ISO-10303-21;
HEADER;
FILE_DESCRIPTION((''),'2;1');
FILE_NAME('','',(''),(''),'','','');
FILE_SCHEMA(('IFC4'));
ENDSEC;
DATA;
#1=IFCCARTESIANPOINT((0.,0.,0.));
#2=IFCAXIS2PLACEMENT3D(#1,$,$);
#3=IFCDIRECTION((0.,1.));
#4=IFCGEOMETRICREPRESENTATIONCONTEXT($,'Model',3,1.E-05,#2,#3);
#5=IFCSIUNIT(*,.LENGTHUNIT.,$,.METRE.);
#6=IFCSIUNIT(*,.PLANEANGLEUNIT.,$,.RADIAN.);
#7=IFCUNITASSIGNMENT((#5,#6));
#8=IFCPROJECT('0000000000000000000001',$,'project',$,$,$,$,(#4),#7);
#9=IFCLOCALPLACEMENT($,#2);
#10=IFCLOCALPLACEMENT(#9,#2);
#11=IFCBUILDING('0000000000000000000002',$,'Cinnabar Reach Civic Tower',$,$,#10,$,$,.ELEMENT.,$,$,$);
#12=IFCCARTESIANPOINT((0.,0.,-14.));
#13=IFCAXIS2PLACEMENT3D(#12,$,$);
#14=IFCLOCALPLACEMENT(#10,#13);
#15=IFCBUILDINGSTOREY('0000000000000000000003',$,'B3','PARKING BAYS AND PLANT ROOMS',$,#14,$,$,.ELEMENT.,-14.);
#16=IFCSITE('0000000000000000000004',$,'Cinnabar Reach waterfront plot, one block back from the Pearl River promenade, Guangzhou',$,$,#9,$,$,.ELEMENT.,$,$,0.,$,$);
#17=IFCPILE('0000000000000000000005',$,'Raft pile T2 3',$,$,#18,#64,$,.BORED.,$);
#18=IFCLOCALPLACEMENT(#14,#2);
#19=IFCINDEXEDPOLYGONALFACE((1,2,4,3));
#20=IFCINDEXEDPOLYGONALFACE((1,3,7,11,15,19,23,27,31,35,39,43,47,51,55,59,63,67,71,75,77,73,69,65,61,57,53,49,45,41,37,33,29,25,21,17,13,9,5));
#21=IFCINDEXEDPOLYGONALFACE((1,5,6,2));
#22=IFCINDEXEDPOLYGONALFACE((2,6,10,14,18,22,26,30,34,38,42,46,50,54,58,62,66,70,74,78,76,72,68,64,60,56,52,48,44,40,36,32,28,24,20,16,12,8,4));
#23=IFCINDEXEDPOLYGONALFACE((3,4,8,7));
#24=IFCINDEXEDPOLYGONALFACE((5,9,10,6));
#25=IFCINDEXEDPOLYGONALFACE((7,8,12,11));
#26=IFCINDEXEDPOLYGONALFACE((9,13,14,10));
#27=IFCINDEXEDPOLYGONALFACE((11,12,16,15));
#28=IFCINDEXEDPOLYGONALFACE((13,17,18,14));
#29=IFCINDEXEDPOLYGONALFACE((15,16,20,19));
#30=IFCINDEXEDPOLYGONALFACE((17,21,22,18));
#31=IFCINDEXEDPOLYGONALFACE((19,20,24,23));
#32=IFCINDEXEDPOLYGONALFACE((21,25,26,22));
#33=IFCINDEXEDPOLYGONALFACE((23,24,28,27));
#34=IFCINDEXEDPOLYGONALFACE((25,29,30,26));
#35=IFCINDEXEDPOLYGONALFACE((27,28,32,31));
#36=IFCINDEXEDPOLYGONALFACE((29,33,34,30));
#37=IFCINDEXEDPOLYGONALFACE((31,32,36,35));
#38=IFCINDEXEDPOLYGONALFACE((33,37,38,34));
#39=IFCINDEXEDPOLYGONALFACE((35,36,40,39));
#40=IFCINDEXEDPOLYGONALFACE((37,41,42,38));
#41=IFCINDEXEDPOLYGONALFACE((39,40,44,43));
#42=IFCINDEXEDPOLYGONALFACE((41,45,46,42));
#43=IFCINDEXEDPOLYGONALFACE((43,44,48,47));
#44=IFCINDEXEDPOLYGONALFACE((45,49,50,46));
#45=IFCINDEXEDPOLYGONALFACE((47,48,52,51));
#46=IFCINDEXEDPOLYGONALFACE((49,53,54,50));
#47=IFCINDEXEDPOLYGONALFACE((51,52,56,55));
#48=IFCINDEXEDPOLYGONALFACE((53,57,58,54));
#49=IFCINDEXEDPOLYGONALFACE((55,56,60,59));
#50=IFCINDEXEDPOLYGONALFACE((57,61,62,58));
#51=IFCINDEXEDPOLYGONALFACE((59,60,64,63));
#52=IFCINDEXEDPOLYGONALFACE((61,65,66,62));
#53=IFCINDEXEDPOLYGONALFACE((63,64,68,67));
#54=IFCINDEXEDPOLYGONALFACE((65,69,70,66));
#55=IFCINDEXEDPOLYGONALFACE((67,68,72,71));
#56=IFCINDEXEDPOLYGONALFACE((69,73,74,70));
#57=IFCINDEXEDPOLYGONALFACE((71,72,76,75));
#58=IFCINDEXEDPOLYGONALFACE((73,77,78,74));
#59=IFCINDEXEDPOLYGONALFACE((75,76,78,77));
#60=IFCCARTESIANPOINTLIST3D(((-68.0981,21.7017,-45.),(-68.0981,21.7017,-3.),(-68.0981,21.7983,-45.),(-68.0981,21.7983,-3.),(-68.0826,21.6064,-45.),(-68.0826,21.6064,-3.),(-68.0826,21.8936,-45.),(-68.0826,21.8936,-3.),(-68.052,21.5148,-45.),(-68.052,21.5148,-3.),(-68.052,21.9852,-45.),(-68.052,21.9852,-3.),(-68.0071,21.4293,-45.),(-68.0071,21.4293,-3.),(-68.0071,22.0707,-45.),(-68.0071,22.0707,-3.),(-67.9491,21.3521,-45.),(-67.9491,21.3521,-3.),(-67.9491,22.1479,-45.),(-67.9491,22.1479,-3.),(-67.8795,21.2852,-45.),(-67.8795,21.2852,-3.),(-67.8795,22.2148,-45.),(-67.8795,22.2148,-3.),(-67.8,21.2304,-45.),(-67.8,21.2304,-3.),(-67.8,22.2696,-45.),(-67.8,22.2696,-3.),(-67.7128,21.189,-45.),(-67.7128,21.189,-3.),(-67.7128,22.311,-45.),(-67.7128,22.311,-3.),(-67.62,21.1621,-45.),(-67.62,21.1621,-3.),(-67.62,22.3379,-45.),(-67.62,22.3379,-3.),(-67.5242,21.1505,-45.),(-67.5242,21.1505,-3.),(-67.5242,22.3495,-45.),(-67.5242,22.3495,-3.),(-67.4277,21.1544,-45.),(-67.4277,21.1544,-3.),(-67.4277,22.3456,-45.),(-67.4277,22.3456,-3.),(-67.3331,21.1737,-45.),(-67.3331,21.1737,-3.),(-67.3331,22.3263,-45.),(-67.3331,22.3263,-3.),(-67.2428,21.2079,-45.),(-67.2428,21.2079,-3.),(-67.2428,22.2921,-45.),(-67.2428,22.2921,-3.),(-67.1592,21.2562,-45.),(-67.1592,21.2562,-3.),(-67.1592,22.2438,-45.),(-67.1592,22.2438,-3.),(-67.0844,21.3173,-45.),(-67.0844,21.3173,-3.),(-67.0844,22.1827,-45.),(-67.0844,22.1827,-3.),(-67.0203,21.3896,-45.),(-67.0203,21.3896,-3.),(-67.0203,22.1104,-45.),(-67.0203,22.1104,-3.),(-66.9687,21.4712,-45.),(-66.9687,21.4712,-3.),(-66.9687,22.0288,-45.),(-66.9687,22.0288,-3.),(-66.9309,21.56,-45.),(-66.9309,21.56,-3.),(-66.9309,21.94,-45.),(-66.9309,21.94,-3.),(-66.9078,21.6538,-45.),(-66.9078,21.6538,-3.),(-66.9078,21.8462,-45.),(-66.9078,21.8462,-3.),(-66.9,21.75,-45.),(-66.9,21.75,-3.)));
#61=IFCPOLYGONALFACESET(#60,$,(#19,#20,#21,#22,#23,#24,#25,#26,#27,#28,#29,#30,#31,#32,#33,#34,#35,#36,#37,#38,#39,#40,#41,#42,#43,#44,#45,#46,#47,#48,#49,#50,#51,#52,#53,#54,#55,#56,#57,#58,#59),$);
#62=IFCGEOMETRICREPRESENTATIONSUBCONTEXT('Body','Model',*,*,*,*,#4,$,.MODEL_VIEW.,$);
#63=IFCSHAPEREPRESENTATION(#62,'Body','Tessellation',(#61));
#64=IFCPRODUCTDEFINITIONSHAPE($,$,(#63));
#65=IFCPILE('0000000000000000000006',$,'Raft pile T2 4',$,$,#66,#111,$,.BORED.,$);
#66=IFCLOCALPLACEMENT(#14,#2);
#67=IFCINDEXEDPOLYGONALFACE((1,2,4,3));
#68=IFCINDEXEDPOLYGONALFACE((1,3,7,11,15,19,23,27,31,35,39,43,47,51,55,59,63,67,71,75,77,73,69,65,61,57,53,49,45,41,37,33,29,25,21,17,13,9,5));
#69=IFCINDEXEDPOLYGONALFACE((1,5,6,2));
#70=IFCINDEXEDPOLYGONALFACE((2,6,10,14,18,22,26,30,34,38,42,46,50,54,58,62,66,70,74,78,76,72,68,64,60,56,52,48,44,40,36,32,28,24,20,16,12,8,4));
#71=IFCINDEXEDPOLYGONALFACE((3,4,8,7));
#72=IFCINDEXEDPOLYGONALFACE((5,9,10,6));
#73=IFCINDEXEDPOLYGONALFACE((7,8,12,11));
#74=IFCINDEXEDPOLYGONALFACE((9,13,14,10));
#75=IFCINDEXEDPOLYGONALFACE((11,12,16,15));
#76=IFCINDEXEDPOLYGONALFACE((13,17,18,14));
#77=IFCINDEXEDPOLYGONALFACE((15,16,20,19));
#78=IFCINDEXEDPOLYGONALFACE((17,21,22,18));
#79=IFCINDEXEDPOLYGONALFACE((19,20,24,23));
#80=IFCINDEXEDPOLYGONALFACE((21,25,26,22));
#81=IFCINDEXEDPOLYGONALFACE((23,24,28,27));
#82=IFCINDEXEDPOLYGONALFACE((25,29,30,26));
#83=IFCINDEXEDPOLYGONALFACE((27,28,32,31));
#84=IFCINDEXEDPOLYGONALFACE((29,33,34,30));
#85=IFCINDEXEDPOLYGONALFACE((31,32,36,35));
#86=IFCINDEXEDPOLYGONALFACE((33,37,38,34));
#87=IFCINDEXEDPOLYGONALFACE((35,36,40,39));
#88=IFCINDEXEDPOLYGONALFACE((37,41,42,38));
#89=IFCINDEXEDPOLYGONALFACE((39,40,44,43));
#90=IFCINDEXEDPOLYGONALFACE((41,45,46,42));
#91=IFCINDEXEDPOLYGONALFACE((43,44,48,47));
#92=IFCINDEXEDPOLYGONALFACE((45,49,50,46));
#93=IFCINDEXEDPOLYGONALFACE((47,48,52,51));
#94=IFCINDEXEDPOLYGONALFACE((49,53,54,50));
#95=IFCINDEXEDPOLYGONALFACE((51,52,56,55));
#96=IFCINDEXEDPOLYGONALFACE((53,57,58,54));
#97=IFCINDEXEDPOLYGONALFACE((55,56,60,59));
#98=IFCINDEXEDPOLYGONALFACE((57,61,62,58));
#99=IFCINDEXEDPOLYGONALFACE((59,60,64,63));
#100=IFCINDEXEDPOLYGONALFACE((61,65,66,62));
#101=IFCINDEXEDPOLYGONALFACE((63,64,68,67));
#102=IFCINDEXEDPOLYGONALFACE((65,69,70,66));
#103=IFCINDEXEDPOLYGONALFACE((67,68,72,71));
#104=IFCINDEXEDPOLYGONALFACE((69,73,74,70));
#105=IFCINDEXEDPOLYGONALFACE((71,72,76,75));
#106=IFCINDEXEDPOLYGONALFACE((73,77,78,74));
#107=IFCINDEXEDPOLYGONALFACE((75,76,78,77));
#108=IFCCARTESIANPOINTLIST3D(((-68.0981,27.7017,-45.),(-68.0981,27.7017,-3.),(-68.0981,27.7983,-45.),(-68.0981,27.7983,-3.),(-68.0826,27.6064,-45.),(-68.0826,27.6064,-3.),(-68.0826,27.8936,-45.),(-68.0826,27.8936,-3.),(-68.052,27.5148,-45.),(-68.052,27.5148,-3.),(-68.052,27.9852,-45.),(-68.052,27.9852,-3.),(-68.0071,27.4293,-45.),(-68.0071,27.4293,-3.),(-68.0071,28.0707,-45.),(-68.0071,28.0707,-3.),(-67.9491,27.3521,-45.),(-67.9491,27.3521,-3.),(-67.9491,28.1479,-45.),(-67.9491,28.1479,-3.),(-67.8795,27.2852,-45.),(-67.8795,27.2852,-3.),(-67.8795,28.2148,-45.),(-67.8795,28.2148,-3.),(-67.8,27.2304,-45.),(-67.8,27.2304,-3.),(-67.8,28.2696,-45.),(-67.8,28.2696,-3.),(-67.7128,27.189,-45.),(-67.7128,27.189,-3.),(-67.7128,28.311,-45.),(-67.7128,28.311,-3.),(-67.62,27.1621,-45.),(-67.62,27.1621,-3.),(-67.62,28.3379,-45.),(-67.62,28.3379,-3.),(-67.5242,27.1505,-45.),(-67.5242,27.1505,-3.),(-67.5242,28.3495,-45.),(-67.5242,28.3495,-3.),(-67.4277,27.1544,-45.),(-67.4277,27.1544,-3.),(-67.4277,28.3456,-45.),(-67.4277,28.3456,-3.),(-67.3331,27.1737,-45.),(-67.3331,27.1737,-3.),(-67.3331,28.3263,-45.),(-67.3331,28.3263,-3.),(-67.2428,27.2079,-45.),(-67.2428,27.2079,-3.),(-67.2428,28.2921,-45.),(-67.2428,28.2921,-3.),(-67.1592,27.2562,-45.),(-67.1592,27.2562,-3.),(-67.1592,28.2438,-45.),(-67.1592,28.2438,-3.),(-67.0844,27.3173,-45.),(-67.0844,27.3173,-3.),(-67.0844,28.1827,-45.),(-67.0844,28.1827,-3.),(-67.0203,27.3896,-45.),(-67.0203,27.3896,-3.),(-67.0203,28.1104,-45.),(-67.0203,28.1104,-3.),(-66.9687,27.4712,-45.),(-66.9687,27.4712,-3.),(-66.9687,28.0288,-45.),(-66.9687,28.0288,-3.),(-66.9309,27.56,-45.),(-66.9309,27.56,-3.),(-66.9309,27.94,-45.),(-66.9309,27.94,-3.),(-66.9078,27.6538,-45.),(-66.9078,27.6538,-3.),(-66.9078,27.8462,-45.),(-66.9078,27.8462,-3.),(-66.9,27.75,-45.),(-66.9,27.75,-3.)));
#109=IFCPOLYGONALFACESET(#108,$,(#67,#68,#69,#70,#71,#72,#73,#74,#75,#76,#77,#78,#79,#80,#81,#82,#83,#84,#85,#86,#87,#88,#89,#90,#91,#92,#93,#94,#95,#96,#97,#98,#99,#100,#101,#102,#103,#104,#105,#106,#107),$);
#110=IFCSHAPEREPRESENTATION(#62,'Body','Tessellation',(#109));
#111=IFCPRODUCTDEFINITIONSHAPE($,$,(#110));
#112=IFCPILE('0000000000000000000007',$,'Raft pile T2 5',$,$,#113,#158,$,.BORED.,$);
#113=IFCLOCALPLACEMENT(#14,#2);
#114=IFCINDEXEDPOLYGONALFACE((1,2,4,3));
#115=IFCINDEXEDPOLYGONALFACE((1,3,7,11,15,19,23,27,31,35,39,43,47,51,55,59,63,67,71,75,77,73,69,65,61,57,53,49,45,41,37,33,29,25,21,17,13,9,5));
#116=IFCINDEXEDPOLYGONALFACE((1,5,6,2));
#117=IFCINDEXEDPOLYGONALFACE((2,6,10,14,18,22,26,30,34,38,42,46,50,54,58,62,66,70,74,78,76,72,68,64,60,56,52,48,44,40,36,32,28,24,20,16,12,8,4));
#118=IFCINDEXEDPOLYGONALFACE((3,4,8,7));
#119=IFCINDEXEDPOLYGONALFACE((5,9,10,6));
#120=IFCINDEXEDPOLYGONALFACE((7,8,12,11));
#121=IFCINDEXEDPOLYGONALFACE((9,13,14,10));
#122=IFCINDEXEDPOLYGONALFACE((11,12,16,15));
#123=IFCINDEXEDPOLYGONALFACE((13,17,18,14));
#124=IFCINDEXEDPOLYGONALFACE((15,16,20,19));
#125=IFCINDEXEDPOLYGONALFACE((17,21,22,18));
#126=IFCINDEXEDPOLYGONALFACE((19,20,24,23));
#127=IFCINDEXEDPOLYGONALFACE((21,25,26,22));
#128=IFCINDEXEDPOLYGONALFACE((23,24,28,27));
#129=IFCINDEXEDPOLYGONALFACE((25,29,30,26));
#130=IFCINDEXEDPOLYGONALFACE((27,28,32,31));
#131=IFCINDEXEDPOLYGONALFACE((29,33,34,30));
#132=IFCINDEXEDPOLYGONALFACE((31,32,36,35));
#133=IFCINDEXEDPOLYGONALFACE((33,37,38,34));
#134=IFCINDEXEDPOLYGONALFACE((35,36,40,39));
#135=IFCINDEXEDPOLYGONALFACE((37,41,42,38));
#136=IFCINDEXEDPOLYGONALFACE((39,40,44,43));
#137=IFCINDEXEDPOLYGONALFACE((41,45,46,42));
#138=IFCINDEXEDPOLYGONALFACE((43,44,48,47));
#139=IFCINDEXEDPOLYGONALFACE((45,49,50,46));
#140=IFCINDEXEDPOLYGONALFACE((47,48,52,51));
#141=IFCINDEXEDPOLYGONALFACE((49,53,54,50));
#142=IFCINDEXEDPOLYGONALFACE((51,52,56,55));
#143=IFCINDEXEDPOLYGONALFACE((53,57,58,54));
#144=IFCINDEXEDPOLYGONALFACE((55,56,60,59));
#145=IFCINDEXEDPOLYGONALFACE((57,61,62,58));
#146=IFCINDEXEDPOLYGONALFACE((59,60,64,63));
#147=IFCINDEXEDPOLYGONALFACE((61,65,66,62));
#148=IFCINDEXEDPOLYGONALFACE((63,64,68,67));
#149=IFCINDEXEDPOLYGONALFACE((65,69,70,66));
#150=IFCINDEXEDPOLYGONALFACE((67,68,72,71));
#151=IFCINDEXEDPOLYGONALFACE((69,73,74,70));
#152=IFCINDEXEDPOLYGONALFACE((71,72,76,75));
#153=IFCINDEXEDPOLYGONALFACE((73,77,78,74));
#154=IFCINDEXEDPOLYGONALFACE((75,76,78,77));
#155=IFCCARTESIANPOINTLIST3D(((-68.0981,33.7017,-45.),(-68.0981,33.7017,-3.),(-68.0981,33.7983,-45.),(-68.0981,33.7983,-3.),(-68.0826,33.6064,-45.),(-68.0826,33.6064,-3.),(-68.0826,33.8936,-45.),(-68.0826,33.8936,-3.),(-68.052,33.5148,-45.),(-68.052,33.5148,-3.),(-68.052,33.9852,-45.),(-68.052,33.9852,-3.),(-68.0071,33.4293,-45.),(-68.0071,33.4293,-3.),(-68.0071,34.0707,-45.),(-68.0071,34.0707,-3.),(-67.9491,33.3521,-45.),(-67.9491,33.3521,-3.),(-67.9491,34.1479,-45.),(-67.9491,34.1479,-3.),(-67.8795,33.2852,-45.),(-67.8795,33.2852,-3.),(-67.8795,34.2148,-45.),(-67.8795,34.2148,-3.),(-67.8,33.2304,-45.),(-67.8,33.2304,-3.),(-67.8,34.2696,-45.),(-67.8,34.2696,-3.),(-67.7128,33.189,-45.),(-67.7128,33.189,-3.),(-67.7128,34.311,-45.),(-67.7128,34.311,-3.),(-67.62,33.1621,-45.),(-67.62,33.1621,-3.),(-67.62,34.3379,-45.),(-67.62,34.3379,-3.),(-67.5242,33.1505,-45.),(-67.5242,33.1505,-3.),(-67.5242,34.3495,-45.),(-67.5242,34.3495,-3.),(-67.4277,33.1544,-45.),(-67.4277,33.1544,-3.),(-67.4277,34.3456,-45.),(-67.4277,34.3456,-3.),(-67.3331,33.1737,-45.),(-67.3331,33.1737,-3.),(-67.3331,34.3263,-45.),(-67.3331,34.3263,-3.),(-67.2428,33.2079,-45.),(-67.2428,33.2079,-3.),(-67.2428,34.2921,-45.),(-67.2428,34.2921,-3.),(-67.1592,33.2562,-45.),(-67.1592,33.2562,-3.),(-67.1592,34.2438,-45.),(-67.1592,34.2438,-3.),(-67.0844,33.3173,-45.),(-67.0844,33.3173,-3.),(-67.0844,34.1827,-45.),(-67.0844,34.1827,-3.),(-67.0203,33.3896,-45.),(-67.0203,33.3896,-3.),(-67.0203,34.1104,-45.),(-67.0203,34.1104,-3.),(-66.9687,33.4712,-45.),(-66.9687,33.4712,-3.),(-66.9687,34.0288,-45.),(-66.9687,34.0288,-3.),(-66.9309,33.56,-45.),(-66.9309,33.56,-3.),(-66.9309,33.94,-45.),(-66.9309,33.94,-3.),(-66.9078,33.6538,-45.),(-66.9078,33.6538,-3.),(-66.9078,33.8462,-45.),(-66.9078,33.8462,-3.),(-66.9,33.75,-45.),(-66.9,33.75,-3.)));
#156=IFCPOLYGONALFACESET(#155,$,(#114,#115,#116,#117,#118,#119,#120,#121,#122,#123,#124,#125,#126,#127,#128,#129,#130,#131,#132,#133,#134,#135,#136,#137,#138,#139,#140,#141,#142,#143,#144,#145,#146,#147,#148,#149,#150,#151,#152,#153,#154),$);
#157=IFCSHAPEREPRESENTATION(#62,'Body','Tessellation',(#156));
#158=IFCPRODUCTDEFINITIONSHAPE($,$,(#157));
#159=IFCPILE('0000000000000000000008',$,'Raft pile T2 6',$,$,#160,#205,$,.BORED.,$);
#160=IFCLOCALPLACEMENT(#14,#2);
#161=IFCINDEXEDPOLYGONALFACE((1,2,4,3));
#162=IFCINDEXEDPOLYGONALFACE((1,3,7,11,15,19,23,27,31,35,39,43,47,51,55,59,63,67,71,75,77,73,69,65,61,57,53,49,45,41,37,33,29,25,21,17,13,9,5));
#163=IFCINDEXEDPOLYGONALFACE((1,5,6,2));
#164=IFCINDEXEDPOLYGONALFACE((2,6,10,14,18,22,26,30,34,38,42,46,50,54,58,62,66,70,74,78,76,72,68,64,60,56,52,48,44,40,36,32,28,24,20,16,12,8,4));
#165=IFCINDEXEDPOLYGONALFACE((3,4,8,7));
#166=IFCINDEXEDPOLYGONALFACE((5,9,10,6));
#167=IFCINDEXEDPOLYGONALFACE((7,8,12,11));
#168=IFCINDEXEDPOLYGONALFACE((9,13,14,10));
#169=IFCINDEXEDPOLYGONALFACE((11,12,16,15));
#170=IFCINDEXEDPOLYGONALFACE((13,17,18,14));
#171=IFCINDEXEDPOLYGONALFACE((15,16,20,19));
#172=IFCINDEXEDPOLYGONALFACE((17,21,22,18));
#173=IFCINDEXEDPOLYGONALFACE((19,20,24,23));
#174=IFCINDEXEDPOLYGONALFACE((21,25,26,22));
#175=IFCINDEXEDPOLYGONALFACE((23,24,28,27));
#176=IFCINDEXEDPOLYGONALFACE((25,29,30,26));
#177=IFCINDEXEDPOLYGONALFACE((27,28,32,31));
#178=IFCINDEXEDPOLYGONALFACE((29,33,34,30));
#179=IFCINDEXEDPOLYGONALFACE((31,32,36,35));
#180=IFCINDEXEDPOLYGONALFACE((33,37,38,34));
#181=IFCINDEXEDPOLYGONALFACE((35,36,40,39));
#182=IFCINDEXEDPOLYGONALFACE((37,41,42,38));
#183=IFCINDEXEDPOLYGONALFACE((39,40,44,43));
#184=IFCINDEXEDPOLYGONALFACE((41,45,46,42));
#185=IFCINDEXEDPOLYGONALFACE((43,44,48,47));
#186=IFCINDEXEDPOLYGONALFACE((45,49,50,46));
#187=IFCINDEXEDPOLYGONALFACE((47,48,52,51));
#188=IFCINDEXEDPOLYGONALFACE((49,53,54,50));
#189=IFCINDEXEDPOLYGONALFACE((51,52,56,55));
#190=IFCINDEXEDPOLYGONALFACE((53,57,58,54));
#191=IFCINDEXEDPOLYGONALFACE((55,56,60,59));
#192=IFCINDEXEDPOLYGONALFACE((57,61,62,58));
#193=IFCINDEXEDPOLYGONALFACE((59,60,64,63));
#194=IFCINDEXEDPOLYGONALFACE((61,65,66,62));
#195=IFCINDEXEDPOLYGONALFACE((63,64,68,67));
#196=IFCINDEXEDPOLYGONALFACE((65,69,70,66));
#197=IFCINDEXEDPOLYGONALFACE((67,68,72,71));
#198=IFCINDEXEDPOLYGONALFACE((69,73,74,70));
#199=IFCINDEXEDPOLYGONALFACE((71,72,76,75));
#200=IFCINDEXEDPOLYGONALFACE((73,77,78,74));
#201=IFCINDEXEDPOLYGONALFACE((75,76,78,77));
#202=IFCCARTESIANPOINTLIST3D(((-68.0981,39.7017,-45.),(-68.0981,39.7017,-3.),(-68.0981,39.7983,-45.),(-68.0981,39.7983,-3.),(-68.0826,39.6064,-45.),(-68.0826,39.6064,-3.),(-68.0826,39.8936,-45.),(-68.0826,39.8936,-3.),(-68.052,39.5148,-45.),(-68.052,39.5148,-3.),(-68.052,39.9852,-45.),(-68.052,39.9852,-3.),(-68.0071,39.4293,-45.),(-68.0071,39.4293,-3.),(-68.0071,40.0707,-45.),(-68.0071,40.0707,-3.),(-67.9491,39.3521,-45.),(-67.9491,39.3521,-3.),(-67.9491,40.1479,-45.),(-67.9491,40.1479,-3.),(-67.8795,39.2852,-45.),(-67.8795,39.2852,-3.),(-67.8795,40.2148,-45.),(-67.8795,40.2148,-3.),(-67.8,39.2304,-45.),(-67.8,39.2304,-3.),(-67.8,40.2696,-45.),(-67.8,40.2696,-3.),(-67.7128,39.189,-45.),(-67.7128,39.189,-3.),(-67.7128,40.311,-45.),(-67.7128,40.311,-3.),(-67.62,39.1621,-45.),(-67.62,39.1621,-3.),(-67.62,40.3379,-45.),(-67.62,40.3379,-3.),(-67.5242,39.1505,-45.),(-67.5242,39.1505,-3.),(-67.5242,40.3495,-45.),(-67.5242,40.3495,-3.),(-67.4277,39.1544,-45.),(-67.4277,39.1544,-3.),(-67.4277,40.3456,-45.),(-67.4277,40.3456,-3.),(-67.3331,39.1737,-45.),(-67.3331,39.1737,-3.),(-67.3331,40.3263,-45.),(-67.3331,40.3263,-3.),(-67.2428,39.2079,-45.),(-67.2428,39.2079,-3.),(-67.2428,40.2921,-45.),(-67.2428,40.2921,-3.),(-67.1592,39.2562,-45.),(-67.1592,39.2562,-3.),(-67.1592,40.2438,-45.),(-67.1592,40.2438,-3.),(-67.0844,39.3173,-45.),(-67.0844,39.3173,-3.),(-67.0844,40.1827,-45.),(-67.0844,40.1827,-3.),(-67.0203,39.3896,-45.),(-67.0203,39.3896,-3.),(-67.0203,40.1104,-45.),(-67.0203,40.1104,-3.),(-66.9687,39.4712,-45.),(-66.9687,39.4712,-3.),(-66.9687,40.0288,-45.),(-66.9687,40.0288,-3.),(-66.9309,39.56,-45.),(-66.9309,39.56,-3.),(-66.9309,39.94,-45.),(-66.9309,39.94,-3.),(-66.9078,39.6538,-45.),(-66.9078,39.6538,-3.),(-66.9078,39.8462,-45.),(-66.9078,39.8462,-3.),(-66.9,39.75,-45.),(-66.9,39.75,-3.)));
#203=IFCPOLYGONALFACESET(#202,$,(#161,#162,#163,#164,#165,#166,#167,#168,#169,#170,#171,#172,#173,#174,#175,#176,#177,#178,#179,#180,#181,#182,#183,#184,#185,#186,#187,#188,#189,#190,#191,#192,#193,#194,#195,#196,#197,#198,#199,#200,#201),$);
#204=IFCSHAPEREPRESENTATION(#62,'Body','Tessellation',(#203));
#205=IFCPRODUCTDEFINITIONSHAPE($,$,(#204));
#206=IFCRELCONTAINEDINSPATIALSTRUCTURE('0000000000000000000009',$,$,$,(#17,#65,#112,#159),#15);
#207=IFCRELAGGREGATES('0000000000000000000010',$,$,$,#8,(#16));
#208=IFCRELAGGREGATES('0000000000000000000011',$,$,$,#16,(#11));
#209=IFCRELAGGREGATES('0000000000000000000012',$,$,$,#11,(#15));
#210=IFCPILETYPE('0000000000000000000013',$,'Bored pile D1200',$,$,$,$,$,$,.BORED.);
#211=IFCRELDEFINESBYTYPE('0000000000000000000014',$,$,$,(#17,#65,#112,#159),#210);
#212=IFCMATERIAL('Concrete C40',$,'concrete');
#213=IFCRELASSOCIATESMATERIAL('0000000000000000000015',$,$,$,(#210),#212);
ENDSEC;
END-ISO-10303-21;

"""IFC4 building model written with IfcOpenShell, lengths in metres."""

from ifc_helpers import new_model, si_unit, direction, frame, origin, origin_2d, place, context, subcontext, project, spatial, circle, extrude, material, type_object, element, save


model = new_model("IFC4")

# Units and contexts
model_context = context("Model", 3, precision=1e-05, world=origin(), true_north=direction((0.0, 1.0)))
body_context = subcontext(model_context, "Body", "Model", "MODEL_VIEW")
ifc_project = project(units=[si_unit("LENGTHUNIT", "METRE"), si_unit("PLANEANGLEUNIT", "RADIAN")], contexts=[model_context])

# Site, building, storey
site_placement = place(None, origin())
site = spatial("IfcSite", under=ifc_project, at=site_placement, Name="Cinnabar Reach waterfront plot, one block back from the Pearl River promenade, Guangzhou", CompositionType="ELEMENT", RefElevation=0.0)
building_placement = place(site_placement, origin())
building = spatial("IfcBuilding", under=site, at=building_placement, Name="Cinnabar Reach Civic Tower", CompositionType="ELEMENT")
storey_placement = place(building_placement, frame((0.0, 0.0, -14.0)))
storey = spatial("IfcBuildingStorey", under=building, at=storey_placement, Name="B3", Description="PARKING BAYS AND PLANT ROOMS", CompositionType="ELEMENT", Elevation=-14.0)

# Piles
ifc_material_1 = material(Name="Concrete C40", Category="concrete")
pile_type = type_object("IfcPileType", Name="Bored pile D1200", PredefinedType="BORED", material=ifc_material_1)
for number, where, z_axis, x_axis, name in (
    (1, (-67.5, 21.75, -3.0), (0.0, 0.0, -1.0), (1.0, 0.0, 0.0), "Raft pile T2 3"),
    (2, (-67.5, 27.75, -3.0), (0.0, 0.0, -1.0), (1.0, 0.0, 0.0), "Raft pile T2 4"),
    (3, (-67.5, 33.75, -3.0), (0.0, 0.0, -1.0), (1.0, 0.0, 0.0), "Raft pile T2 5"),
    (4, (-67.5, 39.75, -3.0), (0.0, 0.0, -1.0), (1.0, 0.0, 0.0), "Raft pile T2 6"),
):
    element("IfcPile", number, at=place(storey_placement, frame(where, z_axis=z_axis, x_axis=x_axis)), inside=storey, type_object=pile_type, Name=name, PredefinedType="BORED", context=body_context, shape_type="SweptSolid", body=[
        extrude(circle(Radius=0.6, at=origin_2d()), origin(), (0.0, 0.0, 1.0), 42.0),
    ])

save(model, "model.ifc")
